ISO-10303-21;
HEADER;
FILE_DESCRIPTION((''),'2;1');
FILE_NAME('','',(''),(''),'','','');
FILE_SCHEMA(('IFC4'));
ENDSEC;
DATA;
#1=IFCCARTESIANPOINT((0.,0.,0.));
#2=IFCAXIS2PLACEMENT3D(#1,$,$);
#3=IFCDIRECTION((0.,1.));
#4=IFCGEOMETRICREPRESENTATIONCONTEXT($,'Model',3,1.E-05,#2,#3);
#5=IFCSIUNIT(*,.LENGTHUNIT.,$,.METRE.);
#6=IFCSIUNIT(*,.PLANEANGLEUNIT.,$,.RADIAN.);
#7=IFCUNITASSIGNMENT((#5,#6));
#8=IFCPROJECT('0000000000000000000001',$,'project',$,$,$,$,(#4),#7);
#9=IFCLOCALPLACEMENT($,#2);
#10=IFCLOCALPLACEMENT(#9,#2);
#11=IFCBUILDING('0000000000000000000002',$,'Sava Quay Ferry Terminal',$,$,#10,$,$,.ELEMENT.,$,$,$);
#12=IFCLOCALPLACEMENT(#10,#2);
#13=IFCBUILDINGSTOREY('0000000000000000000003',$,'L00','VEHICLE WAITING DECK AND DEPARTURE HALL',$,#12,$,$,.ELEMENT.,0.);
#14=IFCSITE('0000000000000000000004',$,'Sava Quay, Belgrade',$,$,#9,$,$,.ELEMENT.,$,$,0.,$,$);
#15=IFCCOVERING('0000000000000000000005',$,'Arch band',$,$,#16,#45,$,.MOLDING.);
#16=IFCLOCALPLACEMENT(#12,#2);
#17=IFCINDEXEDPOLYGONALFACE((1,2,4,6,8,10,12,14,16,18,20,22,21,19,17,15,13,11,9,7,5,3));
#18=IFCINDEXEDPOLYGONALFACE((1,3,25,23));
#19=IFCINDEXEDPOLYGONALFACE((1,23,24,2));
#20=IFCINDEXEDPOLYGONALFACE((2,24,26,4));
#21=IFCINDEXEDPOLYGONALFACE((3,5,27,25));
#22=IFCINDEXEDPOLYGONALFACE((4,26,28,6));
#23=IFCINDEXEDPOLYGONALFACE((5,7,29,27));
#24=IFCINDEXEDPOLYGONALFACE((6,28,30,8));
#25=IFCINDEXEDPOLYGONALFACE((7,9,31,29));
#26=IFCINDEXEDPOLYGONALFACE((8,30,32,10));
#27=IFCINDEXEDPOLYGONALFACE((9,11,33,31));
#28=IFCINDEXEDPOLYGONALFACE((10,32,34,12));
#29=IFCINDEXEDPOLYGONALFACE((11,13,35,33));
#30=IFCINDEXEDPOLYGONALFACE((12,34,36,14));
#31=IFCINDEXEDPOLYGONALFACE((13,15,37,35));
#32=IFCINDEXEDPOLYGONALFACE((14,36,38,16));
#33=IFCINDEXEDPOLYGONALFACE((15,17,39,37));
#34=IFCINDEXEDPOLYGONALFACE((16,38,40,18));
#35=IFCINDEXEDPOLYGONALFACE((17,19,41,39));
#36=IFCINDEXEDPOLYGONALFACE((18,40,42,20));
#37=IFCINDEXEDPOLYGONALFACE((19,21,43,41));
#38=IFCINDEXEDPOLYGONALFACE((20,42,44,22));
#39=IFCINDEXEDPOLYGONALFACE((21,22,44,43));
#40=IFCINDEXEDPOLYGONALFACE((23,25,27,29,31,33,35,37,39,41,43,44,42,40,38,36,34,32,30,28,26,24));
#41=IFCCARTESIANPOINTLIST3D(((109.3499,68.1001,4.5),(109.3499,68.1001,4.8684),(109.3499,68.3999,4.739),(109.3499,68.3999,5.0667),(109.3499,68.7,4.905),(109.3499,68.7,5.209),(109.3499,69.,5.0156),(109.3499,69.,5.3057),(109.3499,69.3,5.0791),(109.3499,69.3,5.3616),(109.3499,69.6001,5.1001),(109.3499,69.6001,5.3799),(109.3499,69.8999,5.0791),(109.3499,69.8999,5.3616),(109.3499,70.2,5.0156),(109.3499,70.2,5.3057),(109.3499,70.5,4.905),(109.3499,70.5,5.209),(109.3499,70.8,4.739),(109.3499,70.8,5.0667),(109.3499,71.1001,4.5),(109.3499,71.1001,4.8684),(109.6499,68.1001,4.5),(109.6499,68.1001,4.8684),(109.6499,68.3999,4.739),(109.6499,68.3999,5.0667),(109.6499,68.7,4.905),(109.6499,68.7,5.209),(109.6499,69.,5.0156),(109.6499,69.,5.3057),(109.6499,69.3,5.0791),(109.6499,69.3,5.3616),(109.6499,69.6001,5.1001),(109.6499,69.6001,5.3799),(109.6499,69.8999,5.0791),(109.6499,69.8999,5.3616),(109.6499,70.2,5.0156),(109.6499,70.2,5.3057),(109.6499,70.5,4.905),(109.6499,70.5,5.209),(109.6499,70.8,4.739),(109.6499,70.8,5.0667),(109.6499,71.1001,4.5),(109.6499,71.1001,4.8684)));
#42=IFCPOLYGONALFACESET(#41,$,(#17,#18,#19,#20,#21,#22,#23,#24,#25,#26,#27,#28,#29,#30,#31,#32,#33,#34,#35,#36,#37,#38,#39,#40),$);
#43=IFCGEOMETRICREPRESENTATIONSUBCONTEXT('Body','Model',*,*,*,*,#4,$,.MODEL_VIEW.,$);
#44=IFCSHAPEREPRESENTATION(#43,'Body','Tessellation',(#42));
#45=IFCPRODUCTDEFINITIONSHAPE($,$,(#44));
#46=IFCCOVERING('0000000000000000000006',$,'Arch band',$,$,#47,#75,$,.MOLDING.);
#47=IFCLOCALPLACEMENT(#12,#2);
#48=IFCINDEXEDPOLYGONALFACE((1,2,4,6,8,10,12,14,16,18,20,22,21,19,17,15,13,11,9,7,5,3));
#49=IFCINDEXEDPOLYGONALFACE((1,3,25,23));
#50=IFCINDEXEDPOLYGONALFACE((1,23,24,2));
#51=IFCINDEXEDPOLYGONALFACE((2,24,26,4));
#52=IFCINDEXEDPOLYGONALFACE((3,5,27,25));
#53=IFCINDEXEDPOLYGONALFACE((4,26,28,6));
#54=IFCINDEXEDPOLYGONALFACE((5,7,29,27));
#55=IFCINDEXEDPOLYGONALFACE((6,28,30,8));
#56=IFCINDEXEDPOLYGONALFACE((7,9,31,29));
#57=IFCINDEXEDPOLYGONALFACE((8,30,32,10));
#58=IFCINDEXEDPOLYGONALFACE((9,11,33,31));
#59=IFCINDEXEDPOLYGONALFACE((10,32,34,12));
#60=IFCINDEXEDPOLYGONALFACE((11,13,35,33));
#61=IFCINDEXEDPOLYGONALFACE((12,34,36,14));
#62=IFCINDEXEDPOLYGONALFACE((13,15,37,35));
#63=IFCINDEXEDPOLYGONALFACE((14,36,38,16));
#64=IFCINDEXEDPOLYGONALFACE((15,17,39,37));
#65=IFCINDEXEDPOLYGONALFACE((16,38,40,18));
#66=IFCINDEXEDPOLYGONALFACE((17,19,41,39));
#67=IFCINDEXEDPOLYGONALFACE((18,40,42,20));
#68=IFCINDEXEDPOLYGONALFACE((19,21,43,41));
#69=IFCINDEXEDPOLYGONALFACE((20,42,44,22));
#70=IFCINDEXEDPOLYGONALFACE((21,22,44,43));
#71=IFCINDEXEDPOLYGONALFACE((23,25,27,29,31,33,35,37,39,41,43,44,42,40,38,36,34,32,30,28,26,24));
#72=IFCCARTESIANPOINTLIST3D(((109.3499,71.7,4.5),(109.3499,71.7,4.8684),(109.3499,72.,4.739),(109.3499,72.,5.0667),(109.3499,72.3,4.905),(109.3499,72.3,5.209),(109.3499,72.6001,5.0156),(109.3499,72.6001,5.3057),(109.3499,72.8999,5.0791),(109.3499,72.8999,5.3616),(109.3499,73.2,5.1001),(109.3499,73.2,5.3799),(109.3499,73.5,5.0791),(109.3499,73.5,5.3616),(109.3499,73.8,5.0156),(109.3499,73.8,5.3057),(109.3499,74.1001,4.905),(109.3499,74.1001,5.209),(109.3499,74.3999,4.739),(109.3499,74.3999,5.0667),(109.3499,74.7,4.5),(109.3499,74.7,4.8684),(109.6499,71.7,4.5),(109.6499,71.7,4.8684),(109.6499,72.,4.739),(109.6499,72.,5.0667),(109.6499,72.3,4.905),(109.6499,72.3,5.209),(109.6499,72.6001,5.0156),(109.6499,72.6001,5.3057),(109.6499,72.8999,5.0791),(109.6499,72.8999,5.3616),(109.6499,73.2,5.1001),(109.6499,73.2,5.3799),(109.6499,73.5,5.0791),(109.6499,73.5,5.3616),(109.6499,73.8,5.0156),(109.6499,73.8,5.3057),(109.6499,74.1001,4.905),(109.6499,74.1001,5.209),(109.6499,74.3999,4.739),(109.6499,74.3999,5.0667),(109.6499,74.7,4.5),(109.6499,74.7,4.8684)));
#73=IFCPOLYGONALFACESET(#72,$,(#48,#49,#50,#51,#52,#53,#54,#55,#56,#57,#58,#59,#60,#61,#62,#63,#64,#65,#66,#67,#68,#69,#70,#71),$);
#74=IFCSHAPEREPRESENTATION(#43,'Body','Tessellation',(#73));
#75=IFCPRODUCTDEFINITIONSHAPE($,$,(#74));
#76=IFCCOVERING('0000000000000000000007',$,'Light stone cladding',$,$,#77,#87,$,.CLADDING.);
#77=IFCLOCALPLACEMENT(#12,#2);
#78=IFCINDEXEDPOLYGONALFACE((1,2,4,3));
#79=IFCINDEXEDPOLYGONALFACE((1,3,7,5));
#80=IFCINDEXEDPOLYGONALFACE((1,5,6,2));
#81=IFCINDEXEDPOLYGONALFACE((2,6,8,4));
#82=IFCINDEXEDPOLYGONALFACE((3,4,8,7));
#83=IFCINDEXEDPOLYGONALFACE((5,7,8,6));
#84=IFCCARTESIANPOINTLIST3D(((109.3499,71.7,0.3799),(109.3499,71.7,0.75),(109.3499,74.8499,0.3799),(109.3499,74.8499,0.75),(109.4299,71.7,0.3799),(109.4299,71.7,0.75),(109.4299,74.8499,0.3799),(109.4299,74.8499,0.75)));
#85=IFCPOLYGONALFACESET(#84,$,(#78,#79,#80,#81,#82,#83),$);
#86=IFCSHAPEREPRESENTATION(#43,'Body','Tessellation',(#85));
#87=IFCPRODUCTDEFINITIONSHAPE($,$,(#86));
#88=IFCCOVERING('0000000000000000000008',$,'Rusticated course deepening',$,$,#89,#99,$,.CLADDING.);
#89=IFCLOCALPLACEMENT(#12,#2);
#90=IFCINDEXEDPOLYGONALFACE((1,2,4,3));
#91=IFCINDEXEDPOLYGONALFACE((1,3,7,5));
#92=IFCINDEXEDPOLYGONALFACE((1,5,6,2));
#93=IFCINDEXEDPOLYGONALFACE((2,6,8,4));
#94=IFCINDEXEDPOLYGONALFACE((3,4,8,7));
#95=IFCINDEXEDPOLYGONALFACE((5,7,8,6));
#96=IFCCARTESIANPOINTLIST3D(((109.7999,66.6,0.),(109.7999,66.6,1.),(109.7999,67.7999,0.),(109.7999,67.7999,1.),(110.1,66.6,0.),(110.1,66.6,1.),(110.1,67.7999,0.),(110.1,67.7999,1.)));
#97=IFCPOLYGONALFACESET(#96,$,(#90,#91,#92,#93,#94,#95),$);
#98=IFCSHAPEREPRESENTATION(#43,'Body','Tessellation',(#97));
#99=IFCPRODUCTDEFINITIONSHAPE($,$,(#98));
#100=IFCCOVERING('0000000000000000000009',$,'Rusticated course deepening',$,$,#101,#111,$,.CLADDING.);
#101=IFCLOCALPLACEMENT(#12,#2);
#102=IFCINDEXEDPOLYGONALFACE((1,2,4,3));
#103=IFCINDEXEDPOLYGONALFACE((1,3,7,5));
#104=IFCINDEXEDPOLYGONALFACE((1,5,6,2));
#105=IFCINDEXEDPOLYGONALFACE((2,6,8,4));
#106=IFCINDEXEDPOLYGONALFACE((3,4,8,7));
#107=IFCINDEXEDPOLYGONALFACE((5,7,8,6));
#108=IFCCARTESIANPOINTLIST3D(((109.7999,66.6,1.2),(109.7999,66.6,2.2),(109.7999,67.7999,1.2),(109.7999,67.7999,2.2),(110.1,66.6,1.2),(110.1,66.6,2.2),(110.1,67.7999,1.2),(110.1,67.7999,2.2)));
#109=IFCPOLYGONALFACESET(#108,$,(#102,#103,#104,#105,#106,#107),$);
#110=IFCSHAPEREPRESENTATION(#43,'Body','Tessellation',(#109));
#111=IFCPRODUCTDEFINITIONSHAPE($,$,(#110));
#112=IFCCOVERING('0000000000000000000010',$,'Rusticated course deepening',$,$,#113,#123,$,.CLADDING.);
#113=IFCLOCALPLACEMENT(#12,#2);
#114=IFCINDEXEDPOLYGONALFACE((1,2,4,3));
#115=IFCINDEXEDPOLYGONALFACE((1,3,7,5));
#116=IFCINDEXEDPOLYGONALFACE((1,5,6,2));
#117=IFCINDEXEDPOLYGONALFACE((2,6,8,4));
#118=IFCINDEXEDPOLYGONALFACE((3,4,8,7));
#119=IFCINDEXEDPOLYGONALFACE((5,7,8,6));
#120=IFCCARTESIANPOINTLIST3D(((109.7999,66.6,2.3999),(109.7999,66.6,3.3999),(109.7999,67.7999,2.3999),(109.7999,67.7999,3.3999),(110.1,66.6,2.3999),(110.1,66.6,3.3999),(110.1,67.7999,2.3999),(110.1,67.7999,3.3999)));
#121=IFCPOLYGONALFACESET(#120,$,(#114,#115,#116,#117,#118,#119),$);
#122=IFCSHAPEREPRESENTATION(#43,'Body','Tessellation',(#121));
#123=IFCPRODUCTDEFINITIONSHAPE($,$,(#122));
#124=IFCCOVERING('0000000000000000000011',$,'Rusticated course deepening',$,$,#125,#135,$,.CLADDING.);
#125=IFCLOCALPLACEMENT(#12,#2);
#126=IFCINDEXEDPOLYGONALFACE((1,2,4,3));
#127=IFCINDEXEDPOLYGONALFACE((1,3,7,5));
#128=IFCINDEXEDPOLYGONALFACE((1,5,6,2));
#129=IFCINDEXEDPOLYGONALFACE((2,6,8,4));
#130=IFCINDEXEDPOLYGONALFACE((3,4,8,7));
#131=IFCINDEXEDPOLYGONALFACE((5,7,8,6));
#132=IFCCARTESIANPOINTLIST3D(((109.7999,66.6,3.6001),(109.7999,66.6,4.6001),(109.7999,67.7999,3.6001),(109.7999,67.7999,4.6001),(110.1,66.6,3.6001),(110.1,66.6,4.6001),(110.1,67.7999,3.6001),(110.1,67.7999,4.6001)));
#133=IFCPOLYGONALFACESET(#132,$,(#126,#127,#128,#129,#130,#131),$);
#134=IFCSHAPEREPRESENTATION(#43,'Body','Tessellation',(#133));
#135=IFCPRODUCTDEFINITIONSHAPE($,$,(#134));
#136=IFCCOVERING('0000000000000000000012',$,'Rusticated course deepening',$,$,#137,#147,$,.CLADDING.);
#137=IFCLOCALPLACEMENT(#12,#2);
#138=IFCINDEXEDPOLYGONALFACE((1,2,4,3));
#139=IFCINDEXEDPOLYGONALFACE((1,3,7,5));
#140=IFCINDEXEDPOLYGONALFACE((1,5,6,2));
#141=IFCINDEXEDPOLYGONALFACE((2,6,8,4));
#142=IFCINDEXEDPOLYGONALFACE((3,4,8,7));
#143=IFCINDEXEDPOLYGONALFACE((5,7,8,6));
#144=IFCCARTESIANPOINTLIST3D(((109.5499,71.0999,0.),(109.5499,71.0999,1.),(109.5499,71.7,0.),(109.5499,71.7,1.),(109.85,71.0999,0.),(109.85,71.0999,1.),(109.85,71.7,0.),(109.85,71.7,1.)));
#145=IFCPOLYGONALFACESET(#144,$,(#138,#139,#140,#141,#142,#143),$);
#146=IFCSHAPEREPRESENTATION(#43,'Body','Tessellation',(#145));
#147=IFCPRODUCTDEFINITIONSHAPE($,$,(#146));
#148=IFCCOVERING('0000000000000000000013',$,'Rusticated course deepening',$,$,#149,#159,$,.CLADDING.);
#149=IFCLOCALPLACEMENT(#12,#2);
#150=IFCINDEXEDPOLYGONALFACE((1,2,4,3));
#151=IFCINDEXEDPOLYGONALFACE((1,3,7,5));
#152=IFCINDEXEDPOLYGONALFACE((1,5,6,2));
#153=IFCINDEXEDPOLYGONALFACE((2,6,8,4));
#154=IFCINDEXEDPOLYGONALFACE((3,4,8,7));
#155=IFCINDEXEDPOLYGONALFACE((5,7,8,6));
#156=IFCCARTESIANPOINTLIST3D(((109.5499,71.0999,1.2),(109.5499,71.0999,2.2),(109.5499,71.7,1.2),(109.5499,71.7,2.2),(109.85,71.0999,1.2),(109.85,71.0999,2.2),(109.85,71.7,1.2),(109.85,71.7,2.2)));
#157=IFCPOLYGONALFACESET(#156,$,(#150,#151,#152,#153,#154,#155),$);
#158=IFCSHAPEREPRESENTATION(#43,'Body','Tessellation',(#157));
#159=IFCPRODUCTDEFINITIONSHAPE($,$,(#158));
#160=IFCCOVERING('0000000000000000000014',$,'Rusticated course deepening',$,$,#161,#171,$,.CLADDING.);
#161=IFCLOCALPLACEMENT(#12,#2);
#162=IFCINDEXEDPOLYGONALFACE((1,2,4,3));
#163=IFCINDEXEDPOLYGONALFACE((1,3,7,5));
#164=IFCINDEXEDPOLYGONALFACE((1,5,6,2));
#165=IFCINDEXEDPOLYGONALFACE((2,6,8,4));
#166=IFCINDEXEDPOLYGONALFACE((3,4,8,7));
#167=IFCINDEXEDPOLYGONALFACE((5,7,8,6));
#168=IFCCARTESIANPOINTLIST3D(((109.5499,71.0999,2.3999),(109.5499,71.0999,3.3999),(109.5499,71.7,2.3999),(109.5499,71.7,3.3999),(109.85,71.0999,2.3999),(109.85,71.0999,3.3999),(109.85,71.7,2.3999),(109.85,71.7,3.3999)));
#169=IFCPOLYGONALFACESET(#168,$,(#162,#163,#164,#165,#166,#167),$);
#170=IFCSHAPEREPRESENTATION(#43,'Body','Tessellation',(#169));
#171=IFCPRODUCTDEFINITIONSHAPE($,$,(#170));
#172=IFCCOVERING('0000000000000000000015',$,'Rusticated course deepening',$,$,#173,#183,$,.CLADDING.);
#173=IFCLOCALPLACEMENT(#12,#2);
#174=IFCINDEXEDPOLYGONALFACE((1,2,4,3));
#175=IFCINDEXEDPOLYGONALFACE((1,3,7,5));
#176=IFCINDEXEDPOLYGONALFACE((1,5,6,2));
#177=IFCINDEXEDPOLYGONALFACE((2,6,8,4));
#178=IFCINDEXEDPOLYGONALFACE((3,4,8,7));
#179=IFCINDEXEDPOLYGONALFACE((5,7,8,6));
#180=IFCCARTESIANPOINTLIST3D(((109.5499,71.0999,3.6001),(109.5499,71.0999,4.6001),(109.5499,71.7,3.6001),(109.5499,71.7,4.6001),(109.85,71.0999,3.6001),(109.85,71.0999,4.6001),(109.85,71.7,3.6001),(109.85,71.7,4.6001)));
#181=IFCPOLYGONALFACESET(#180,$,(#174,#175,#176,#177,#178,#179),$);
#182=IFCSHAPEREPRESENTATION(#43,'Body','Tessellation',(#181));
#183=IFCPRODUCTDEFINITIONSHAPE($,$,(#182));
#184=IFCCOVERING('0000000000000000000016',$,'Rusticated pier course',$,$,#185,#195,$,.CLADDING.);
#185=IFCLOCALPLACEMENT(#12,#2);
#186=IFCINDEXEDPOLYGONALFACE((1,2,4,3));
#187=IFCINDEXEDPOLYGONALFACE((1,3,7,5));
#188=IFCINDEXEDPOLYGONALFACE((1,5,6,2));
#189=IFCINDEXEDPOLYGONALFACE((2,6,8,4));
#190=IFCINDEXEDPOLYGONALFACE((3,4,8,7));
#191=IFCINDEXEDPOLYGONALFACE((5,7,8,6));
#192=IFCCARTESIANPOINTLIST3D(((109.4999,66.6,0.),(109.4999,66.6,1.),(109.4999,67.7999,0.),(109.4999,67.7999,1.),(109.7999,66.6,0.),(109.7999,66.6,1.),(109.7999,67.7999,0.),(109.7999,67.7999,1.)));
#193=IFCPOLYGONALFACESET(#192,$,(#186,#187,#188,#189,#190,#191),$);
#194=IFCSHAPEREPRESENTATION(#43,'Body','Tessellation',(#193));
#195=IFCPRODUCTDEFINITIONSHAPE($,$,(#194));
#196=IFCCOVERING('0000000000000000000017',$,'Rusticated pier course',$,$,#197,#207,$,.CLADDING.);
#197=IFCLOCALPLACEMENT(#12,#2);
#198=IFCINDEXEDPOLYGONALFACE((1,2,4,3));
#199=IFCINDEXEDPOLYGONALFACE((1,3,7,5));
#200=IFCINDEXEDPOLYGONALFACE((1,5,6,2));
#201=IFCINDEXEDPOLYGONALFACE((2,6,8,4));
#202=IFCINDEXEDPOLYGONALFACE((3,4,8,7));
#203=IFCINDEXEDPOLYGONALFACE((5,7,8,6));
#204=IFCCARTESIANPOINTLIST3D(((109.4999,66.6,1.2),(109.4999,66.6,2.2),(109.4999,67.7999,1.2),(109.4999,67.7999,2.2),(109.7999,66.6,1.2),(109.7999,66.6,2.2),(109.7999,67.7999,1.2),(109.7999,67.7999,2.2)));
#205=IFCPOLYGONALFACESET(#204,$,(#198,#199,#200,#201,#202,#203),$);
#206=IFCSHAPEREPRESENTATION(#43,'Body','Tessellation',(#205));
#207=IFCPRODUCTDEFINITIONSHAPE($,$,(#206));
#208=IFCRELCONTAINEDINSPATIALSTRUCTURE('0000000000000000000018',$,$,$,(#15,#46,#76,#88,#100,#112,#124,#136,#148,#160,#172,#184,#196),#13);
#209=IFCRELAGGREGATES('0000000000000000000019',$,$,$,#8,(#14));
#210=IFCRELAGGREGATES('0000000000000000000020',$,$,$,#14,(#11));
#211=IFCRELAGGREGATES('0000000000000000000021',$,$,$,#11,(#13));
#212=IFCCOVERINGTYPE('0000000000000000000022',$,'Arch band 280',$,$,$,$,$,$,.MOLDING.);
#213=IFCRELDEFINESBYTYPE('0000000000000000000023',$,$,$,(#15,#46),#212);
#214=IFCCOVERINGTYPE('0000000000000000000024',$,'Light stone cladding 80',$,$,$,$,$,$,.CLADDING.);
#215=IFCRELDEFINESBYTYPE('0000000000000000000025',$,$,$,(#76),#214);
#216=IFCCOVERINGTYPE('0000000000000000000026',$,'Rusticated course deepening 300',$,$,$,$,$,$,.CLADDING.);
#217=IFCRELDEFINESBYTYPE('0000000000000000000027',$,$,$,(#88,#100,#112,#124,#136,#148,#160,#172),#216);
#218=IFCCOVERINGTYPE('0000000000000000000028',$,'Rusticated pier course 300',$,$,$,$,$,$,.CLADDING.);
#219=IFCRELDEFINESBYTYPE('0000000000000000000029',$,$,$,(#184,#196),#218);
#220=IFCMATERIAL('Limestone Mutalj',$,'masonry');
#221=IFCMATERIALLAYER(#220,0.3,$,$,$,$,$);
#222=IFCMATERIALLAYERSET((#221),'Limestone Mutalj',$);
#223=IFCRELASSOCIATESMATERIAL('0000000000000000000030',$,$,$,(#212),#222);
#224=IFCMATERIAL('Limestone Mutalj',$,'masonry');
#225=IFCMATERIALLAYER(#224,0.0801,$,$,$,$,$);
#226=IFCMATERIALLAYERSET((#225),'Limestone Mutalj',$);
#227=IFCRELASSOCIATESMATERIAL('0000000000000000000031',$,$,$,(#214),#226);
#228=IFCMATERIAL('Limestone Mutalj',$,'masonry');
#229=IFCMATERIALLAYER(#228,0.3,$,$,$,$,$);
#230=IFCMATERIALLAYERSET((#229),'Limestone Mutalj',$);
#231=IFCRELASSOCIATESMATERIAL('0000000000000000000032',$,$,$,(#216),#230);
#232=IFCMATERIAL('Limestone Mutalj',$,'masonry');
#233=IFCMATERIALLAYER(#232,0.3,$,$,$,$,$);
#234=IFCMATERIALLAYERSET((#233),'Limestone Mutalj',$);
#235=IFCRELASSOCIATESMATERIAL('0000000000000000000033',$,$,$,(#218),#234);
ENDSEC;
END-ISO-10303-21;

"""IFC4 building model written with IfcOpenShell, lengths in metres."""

from ifc_helpers import new_model, si_unit, direction, frame, origin, origin_2d, place, context, subcontext, project, spatial, polyline, rectangle, outline, extrude, material, layer, layer_set, type_object, element, save


model = new_model("IFC4")

# Units and contexts
model_context = context("Model", 3, precision=1e-05, world=origin(), true_north=direction((0.0, 1.0)))
body_context = subcontext(model_context, "Body", "Model", "MODEL_VIEW")
ifc_project = project(units=[si_unit("LENGTHUNIT", "METRE"), si_unit("PLANEANGLEUNIT", "RADIAN")], contexts=[model_context])

# Site, building, storey
site_placement = place(None, origin())
site = spatial("IfcSite", under=ifc_project, at=site_placement, Name="Sava Quay, Belgrade", CompositionType="ELEMENT", RefElevation=0.0)
building_placement = place(site_placement, origin())
building = spatial("IfcBuilding", under=site, at=building_placement, Name="Sava Quay Ferry Terminal", CompositionType="ELEMENT")
storey_placement = place(building_placement, origin())
storey = spatial("IfcBuildingStorey", under=building, at=storey_placement, Name="L00", Description="VEHICLE WAITING DECK AND DEPARTURE HALL", CompositionType="ELEMENT", Elevation=0.0)

# Coverings
ifc_material_1 = material(Name="Limestone Mutalj", Category="masonry")
ifc_layer_1 = layer(ifc_material_1, 0.3)
ifc_layer_set_1 = layer_set([ifc_layer_1], Name="Limestone Mutalj")
covering_type_1 = type_object("IfcCoveringType", Name="Arch band 280", PredefinedType="MOLDING", material=ifc_layer_set_1)
covering_1_placement = place(storey_placement, frame((109.6499, 68.1001, 4.5), z_axis=(1.0, 0.0, 0.0), x_axis=(0.0, 0.781924, 0.623374)))
element("IfcCovering", 1, at=covering_1_placement, inside=storey, type_object=covering_type_1, Name="Arch band", PredefinedType="MOLDING", context=body_context, shape_type="SweptSolid", body=[
    extrude(outline(polyline([(0.0, 0.0), (0.3834, 0.0), (0.7215, -0.0572), (1.0251, -0.1578), (1.2993, -0.2952), (1.547, -0.4658), (1.7683, -0.6691), (1.9634, -0.9058), (2.129, -1.1793), (2.2602, -1.4962), (2.3458, -1.8701), (2.5754, -1.5821), (2.4644, -1.24), (2.3185, -0.9417), (2.1442, -0.679), (1.9444, -0.4483), (1.7214, -0.2471), (1.4754, -0.0743), (1.2059, 0.069), (0.911, 0.1804), (0.5877, 0.2562), (0.2297, 0.2881), (0.0, 0.0)])), origin(), (0.0, 0.0, -1.0), 0.3),
])
covering_2_placement = place(storey_placement, frame((109.6499, 71.7, 4.5), z_axis=(1.0, 0.0, 0.0), x_axis=(0.0, 0.782171, 0.623064)))
element("IfcCovering", 2, at=covering_2_placement, inside=storey, type_object=covering_type_1, Name="Arch band", PredefinedType="MOLDING", context=body_context, shape_type="SweptSolid", body=[
    extrude(outline(polyline([(0.0, 0.0), (0.3836, 0.0), (0.7217, -0.0571), (1.0253, -0.1575), (1.2994, -0.2947), (1.5472, -0.4652), (1.7688, -0.6686), (1.9639, -0.9052), (2.1297, -1.1786), (2.2607, -1.4953), (2.3465, -1.8692), (2.5761, -1.581), (2.4649, -1.239), (2.3191, -0.9409), (2.1446, -0.6783), (1.9448, -0.4476), (1.7215, -0.2464), (1.4754, -0.0737), (1.206, 0.0693), (0.9111, 0.1806), (0.5877, 0.2563), (0.2295, 0.2882), (0.0, 0.0)])), origin(), (0.0, 0.0, -1.0), 0.3),
])
ifc_material_2 = material(Name="Limestone Mutalj", Category="masonry")
ifc_layer_2 = layer(ifc_material_2, 0.0801)
ifc_layer_set_2 = layer_set([ifc_layer_2], Name="Limestone Mutalj")
covering_type_2 = type_object("IfcCoveringType", Name="Light stone cladding 80", PredefinedType="CLADDING", material=ifc_layer_set_2)
covering_3_placement = place(storey_placement, frame((109.3899, 73.2749, 0.3799), z_axis=(0.0, 0.0, 1.0), x_axis=(1.0, 0.0, 0.0)))
element("IfcCovering", 3, at=covering_3_placement, inside=storey, type_object=covering_type_2, Name="Light stone cladding", PredefinedType="CLADDING", context=body_context, shape_type="SweptSolid", body=[
    extrude(rectangle(XDim=0.0801, YDim=3.1499, at=origin_2d()), origin(), (0.0, 0.0, 1.0), 0.3701),
])
ifc_material_3 = material(Name="Limestone Mutalj", Category="masonry")
ifc_layer_3 = layer(ifc_material_3, 0.3)
ifc_layer_set_3 = layer_set([ifc_layer_3], Name="Limestone Mutalj")
covering_type_3 = type_object("IfcCoveringType", Name="Rusticated course deepening 300", PredefinedType="CLADDING", material=ifc_layer_set_3)
for number, where, z_axis, x_axis, name in (
    (4, (109.95, 67.2, 0.0), (0.0, 0.0, 1.0), (1.0, 0.0, 0.0), "Rusticated course deepening"),
    (5, (109.95, 67.2, 1.2), (0.0, 0.0, 1.0), (1.0, 0.0, 0.0), "Rusticated course deepening"),
    (6, (109.95, 67.2, 2.3999), (0.0, 0.0, 1.0), (1.0, 0.0, 0.0), "Rusticated course deepening"),
    (7, (109.95, 67.2, 3.6001), (0.0, 0.0, 1.0), (1.0, 0.0, 0.0), "Rusticated course deepening"),
):
    element("IfcCovering", number, at=place(storey_placement, frame(where, z_axis=z_axis, x_axis=x_axis)), inside=storey, type_object=covering_type_3, Name=name, PredefinedType="CLADDING", context=body_context, shape_type="SweptSolid", body=[
        extrude(rectangle(XDim=0.3, YDim=1.2, at=origin_2d()), origin(), (0.0, 0.0, 1.0), 1.0),
    ])
for number, where, z_axis, x_axis, name in (
    (8, (109.7, 71.3999, 0.0), (0.0, 0.0, 1.0), (1.0, 0.0, 0.0), "Rusticated course deepening"),
    (9, (109.7, 71.3999, 1.2), (0.0, 0.0, 1.0), (1.0, 0.0, 0.0), "Rusticated course deepening"),
    (10, (109.7, 71.3999, 2.3999), (0.0, 0.0, 1.0), (1.0, 0.0, 0.0), "Rusticated course deepening"),
    (11, (109.7, 71.3999, 3.6001), (0.0, 0.0, 1.0), (1.0, 0.0, 0.0), "Rusticated course deepening"),
):
    element("IfcCovering", number, at=place(storey_placement, frame(where, z_axis=z_axis, x_axis=x_axis)), inside=storey, type_object=covering_type_3, Name=name, PredefinedType="CLADDING", context=body_context, shape_type="SweptSolid", body=[
        extrude(rectangle(XDim=0.3, YDim=0.6001, at=origin_2d()), origin(), (0.0, 0.0, 1.0), 1.0),
    ])
ifc_material_4 = material(Name="Limestone Mutalj", Category="masonry")
ifc_layer_4 = layer(ifc_material_4, 0.3)
ifc_layer_set_4 = layer_set([ifc_layer_4], Name="Limestone Mutalj")
covering_type_4 = type_object("IfcCoveringType", Name="Rusticated pier course 300", PredefinedType="CLADDING", material=ifc_layer_set_4)
for number, where, z_axis, x_axis, name in (
    (12, (109.6499, 67.2, 0.0), (0.0, 0.0, 1.0), (1.0, 0.0, 0.0), "Rusticated pier course"),
    (13, (109.6499, 67.2, 1.2), (0.0, 0.0, 1.0), (1.0, 0.0, 0.0), "Rusticated pier course"),
):
    element("IfcCovering", number, at=place(storey_placement, frame(where, z_axis=z_axis, x_axis=x_axis)), inside=storey, type_object=covering_type_4, Name=name, PredefinedType="CLADDING", context=body_context, shape_type="SweptSolid", body=[
        extrude(rectangle(XDim=0.3, YDim=1.2, at=origin_2d()), origin(), (0.0, 0.0, 1.0), 1.0),
    ])

save(model, "model.ifc")
